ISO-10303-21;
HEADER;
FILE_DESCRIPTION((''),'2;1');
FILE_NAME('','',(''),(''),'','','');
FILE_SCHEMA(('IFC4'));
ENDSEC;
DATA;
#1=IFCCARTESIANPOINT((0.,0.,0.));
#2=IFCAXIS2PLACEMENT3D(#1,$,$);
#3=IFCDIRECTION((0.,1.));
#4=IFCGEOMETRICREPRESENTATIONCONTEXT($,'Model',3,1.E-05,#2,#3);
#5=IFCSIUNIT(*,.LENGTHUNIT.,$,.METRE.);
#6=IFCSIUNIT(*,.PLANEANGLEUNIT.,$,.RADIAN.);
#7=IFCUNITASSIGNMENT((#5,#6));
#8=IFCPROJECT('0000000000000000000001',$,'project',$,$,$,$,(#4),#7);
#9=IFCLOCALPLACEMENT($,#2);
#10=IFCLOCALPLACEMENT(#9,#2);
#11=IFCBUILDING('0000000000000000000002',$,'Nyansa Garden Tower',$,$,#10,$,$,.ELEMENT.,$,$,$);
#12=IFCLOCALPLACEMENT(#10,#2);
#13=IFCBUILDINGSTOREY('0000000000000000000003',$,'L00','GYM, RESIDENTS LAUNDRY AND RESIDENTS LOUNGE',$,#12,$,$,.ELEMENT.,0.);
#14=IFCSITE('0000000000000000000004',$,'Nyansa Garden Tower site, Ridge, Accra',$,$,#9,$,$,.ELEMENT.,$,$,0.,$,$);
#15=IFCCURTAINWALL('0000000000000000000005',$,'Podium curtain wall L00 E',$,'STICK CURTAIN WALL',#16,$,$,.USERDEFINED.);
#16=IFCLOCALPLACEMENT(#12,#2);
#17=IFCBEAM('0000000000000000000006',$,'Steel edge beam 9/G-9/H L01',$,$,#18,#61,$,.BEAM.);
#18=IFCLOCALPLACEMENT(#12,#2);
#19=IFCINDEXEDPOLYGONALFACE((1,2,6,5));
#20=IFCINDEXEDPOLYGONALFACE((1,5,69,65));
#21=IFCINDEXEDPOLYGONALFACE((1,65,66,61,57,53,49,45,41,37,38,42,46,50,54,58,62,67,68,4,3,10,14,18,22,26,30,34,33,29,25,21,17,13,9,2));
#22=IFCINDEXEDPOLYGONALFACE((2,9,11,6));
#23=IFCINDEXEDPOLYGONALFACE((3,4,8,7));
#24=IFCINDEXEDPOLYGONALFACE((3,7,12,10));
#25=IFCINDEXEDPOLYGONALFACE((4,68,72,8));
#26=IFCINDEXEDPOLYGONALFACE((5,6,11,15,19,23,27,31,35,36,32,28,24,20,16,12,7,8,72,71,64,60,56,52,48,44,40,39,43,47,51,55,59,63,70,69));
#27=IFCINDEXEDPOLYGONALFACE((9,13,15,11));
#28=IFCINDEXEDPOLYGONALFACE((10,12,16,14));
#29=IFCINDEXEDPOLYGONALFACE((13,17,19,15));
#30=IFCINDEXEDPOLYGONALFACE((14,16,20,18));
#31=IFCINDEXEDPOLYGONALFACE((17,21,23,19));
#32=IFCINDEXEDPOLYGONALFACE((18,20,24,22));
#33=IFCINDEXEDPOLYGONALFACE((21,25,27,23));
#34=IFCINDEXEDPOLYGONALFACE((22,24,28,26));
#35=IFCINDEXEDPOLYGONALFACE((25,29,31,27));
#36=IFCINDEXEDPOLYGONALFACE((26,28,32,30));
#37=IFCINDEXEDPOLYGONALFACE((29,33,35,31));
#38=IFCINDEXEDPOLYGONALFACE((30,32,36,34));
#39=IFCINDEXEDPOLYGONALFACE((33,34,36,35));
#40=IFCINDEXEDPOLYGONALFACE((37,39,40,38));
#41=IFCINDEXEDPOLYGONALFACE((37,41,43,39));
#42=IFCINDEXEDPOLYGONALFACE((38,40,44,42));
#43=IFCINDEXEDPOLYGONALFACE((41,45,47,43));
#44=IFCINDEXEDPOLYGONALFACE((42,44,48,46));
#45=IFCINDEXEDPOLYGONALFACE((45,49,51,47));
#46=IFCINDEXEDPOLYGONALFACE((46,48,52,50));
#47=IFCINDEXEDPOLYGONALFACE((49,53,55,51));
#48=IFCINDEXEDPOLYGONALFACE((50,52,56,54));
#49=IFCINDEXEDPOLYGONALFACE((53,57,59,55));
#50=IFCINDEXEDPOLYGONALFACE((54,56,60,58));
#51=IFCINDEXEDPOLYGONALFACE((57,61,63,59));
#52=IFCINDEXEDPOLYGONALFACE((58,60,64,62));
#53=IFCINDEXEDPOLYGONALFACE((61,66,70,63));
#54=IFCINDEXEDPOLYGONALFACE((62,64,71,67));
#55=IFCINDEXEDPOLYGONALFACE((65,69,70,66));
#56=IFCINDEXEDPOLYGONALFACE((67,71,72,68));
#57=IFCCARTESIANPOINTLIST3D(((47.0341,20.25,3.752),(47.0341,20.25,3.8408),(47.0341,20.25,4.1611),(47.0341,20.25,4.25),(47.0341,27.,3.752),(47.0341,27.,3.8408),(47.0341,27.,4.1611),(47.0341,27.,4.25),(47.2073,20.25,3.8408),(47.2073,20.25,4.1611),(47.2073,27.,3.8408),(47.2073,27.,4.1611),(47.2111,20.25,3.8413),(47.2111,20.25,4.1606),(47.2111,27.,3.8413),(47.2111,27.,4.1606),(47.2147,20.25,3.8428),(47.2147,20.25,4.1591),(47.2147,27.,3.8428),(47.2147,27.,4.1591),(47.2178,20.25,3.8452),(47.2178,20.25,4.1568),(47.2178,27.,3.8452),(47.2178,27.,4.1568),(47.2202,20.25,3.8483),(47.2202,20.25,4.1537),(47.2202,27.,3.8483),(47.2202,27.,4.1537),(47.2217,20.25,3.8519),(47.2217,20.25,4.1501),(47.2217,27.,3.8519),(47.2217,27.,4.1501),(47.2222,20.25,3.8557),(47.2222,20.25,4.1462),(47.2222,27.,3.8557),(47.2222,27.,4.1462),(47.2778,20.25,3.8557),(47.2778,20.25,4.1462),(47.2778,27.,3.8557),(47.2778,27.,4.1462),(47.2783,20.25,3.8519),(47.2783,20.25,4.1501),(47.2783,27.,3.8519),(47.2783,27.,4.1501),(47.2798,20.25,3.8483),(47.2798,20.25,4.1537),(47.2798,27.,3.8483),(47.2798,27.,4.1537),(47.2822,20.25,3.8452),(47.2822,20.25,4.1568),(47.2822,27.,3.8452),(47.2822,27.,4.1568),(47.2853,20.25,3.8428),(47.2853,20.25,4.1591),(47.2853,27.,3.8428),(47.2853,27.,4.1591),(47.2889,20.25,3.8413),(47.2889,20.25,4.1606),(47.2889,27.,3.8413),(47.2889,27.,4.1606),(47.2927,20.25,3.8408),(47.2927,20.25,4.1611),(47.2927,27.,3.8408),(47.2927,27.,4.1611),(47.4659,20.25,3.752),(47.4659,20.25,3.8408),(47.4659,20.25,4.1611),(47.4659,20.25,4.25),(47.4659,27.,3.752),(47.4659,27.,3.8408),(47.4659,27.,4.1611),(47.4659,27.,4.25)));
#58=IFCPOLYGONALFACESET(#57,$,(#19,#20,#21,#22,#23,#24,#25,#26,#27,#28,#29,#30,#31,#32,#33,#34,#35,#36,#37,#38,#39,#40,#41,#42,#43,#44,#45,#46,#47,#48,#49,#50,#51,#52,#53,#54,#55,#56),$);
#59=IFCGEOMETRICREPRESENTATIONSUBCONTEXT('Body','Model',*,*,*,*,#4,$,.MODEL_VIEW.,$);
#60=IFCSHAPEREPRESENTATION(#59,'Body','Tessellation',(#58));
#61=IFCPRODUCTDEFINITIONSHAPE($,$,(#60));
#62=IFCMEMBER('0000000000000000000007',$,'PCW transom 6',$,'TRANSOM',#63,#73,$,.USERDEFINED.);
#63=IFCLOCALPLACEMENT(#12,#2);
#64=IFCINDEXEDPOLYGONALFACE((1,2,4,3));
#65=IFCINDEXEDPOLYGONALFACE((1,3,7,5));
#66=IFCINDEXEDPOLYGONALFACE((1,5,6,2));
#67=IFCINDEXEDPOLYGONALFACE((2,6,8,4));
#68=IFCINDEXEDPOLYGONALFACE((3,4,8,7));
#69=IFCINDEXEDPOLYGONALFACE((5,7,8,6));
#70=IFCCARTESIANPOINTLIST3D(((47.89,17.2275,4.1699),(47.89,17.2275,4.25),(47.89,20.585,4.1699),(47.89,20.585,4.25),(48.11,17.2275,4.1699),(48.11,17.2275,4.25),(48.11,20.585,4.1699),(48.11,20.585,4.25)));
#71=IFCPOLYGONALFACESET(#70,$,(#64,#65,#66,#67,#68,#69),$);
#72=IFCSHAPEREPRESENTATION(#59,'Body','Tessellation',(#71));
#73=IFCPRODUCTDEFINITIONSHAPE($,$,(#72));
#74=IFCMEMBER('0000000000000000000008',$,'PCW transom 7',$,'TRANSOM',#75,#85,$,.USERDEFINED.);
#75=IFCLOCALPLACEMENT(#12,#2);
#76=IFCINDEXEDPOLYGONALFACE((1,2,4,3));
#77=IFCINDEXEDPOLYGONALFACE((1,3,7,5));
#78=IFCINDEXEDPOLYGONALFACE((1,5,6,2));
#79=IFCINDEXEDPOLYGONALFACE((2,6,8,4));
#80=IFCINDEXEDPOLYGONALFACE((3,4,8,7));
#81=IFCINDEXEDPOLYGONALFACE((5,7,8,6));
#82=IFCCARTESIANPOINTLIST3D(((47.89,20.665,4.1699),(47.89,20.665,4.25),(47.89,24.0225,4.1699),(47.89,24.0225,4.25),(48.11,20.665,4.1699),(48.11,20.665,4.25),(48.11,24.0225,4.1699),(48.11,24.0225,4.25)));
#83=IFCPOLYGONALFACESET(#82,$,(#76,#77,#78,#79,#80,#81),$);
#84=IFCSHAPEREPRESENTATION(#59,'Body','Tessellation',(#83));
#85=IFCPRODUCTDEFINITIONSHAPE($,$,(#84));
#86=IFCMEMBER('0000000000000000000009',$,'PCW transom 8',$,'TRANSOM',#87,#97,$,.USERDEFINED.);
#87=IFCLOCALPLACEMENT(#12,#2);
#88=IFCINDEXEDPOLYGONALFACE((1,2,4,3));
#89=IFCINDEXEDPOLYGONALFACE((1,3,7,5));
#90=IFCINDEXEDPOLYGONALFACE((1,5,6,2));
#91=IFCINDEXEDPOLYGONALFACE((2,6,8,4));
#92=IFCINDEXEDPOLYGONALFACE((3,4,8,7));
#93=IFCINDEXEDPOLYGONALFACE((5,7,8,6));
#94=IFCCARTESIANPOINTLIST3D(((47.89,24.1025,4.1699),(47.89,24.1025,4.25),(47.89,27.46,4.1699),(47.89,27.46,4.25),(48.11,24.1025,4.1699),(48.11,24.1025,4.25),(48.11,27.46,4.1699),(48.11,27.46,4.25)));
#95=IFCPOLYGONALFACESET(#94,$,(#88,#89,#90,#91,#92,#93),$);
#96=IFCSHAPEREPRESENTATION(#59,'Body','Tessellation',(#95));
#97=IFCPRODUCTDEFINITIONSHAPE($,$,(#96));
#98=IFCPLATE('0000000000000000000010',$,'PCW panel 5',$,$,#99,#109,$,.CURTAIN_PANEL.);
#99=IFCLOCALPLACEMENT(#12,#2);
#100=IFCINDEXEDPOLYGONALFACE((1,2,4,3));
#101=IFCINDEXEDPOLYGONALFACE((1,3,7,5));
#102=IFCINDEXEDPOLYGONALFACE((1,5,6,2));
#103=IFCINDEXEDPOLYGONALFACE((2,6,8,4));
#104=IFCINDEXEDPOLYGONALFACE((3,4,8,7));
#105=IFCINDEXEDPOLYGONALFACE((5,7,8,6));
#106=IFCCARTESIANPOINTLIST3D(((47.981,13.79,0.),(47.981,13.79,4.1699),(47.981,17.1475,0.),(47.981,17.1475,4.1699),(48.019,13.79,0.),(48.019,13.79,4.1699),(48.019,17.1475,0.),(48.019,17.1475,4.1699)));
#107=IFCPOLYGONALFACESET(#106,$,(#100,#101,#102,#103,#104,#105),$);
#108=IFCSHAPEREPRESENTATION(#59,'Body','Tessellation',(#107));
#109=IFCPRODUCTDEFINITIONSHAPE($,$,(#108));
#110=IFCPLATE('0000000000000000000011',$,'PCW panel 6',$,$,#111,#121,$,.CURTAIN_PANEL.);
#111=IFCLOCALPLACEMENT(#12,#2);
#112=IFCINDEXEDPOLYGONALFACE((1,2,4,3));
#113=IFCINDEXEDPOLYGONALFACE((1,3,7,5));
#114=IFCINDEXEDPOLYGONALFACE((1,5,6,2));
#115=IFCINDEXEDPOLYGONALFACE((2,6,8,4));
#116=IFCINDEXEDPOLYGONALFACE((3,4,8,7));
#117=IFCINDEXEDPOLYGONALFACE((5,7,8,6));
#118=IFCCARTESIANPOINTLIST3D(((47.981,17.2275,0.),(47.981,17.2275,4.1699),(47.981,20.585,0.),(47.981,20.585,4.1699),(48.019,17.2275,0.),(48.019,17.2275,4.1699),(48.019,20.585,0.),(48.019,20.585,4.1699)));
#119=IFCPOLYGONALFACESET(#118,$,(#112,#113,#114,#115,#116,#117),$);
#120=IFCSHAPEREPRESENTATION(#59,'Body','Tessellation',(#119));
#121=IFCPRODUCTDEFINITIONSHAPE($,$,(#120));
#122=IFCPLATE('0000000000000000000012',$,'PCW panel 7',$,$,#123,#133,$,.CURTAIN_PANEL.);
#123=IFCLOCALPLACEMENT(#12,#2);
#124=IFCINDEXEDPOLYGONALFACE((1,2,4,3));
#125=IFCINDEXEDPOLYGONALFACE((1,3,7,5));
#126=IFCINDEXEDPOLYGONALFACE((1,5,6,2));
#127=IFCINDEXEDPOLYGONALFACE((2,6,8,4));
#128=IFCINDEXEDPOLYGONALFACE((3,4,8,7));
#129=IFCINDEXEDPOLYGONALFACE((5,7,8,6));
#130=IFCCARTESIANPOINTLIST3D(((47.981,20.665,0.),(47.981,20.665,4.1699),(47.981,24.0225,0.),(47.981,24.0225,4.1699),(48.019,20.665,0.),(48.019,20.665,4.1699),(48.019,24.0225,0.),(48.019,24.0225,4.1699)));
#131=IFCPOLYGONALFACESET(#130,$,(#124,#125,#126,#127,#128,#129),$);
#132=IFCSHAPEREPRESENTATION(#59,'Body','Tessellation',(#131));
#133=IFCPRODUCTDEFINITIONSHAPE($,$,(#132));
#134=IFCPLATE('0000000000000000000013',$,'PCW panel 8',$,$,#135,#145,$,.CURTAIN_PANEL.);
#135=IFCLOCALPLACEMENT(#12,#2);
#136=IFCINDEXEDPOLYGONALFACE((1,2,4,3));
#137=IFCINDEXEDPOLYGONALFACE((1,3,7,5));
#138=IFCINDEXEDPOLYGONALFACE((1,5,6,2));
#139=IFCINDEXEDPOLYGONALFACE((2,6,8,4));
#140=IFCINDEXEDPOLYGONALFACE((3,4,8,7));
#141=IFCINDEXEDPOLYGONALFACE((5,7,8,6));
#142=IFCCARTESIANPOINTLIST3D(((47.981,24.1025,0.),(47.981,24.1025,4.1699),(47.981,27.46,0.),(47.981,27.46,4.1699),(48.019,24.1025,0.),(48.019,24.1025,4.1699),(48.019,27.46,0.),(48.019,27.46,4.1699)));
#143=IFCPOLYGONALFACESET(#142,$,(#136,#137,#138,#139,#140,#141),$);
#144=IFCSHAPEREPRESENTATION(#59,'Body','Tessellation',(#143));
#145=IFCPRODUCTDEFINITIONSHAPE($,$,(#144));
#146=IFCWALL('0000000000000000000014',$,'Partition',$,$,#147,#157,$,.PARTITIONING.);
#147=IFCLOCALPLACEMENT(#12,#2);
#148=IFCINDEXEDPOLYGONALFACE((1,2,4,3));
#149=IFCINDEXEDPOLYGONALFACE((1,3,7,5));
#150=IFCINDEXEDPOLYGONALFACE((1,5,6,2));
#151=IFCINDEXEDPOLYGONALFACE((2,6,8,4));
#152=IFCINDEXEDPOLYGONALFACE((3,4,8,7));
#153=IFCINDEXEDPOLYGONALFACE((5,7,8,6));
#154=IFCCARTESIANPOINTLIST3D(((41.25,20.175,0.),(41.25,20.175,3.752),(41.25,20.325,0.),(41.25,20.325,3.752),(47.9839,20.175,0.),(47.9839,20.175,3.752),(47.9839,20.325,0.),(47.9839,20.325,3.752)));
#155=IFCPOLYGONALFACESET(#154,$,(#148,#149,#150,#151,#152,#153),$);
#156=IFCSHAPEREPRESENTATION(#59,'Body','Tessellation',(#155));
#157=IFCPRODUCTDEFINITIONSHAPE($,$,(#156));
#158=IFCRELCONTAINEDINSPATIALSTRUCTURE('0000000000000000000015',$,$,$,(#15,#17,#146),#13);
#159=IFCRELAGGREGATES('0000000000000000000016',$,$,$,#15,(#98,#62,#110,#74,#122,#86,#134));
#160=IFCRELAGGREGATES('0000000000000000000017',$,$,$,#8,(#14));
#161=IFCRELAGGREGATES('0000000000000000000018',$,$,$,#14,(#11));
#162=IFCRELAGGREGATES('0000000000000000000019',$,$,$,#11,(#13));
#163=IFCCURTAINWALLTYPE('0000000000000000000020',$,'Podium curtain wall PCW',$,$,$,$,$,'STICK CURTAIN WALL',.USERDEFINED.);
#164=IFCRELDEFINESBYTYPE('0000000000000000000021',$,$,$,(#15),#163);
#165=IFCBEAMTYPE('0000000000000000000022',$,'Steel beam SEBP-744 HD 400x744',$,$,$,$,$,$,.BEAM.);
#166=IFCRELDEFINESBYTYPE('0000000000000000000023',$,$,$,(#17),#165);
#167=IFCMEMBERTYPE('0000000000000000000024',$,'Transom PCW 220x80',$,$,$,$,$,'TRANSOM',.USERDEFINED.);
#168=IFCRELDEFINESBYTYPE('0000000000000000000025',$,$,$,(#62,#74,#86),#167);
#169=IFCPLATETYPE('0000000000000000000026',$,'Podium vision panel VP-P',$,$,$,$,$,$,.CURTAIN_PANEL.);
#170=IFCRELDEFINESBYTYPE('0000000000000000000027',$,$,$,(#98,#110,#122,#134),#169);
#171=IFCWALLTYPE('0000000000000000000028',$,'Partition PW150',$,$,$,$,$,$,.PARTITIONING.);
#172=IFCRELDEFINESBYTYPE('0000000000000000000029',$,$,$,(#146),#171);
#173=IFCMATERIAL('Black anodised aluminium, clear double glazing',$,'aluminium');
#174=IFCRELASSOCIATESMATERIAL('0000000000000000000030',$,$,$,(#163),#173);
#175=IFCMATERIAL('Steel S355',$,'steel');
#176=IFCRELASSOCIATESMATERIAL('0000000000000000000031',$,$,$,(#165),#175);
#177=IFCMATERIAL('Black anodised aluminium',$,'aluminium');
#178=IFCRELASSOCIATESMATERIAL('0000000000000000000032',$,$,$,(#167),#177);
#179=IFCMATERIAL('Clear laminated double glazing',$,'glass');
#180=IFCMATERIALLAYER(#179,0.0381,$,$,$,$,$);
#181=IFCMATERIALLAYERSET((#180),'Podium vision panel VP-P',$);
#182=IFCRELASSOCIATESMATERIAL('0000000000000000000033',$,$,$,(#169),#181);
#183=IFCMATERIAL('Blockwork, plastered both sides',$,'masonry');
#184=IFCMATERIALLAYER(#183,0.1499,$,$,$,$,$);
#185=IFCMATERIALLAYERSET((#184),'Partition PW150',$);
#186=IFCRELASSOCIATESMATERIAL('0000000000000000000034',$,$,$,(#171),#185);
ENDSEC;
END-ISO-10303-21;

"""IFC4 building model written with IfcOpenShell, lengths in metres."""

from ifc_helpers import new_model, si_unit, direction, frame, frame_2d, origin, origin_2d, place, context, subcontext, project, spatial, rectangle, i_section, extrude, material, layer, layer_set, material_profile, profile_set, type_object, element, aggregate, save


model = new_model("IFC4")

# Units and contexts
model_context = context("Model", 3, precision=1e-05, world=origin(), true_north=direction((0.0, 1.0)))
body_context = subcontext(model_context, "Body", "Model", "MODEL_VIEW")
ifc_project = project(units=[si_unit("LENGTHUNIT", "METRE"), si_unit("PLANEANGLEUNIT", "RADIAN")], contexts=[model_context])

# Site, building, storey
site_placement = place(None, origin())
site = spatial("IfcSite", under=ifc_project, at=site_placement, Name="Nyansa Garden Tower site, Ridge, Accra", CompositionType="ELEMENT", RefElevation=0.0)
building_placement = place(site_placement, origin())
building = spatial("IfcBuilding", under=site, at=building_placement, Name="Nyansa Garden Tower", CompositionType="ELEMENT")
storey_placement = place(building_placement, origin())
storey = spatial("IfcBuildingStorey", under=building, at=storey_placement, Name="L00", Description="GYM, RESIDENTS LAUNDRY AND RESIDENTS LOUNGE", CompositionType="ELEMENT", Elevation=0.0)

# Curtain wall
ifc_material_1 = material(Name="Black anodised aluminium, clear double glazing", Category="aluminium")
curtain_wall_type = type_object("IfcCurtainWallType", Name="Podium curtain wall PCW", ElementType="STICK CURTAIN WALL", PredefinedType="USERDEFINED", material=ifc_material_1)
curtain_wall_placement = place(storey_placement, origin())
curtain_wall = element("IfcCurtainWall", 1, at=curtain_wall_placement, inside=storey, type_object=curtain_wall_type, Name="Podium curtain wall L00 E", ObjectType="STICK CURTAIN WALL", PredefinedType="USERDEFINED")

# Beam
ifc_material_2 = material(Name="Steel S355", Category="steel")
ifc_material_profile_1 = material_profile(ifc_material_2, i_section(OverallWidth=0.4319, OverallDepth=0.498, WebThickness=0.0557, FlangeThickness=0.0889, FilletRadius=0.0149, at=origin_2d()), Name="HD 400x744")
ifc_profile_set_1 = profile_set([ifc_material_profile_1], Name="Steel S355")
beam_type_1 = type_object("IfcBeamType", Name="Steel beam SEBP-744 HD 400x744", PredefinedType="BEAM", material=ifc_profile_set_1)
beam_placement = place(storey_placement, frame((47.25, 20.25, 4.001), z_axis=(0.0, 1.0, 0.0), x_axis=(-1.0, 0.0, 0.0)))
element("IfcBeam", 2, at=beam_placement, inside=storey, type_object=beam_type_1, Name="Steel edge beam 9/G-9/H L01", PredefinedType="BEAM", context=body_context, shape_type="SweptSolid", body=[
    extrude(i_section(OverallWidth=0.4319, OverallDepth=0.498, WebThickness=0.0557, FlangeThickness=0.0889, FilletRadius=0.0149, at=origin_2d()), origin(), (0.0, 0.0, 1.0), 6.75),
])

# Members
ifc_material_3 = material(Name="Black anodised aluminium", Category="aluminium")
ifc_material_profile_2 = material_profile(ifc_material_3, rectangle(XDim=0.22, YDim=0.0801, at=origin_2d()), Name="Transom 220x80")
ifc_profile_set_2 = profile_set([ifc_material_profile_2], Name="Black anodised aluminium")
member_type_1 = type_object("IfcMemberType", Name="Transom PCW 220x80", ElementType="TRANSOM", PredefinedType="USERDEFINED", material=ifc_profile_set_2)
member_1_placement = place(storey_placement, frame((48.0, 17.2275, 4.21), z_axis=(0.0, 1.0, 0.0), x_axis=(-1.0, 0.0, 0.0)))
member_1 = element("IfcMember", 3, at=member_1_placement, type_object=member_type_1, Name="PCW transom 6", ObjectType="TRANSOM", PredefinedType="USERDEFINED", context=body_context, shape_type="SweptSolid", body=[
    extrude(rectangle(XDim=0.22, YDim=0.0801, at=origin_2d()), origin(), (0.0, 0.0, 1.0), 3.3574),
])
member_2_placement = place(storey_placement, frame((48.0, 20.665, 4.21), z_axis=(0.0, 1.0, 0.0), x_axis=(-1.0, 0.0, 0.0)))
member_2 = element("IfcMember", 4, at=member_2_placement, type_object=member_type_1, Name="PCW transom 7", ObjectType="TRANSOM", PredefinedType="USERDEFINED", context=body_context, shape_type="SweptSolid", body=[
    extrude(rectangle(XDim=0.22, YDim=0.0801, at=origin_2d()), origin(), (0.0, 0.0, 1.0), 3.3574),
])
member_3_placement = place(storey_placement, frame((48.0, 24.1025, 4.21), z_axis=(0.0, 1.0, 0.0), x_axis=(-1.0, 0.0, 0.0)))
member_3 = element("IfcMember", 5, at=member_3_placement, type_object=member_type_1, Name="PCW transom 8", ObjectType="TRANSOM", PredefinedType="USERDEFINED", context=body_context, shape_type="SweptSolid", body=[
    extrude(rectangle(XDim=0.22, YDim=0.0801, at=origin_2d()), origin(), (0.0, 0.0, 1.0), 3.3574),
])

# Plates
ifc_material_4 = material(Name="Clear laminated double glazing", Category="glass")
ifc_layer_1 = layer(ifc_material_4, 0.0381)
ifc_layer_set_1 = layer_set([ifc_layer_1], Name="Podium vision panel VP-P")
plate_type = type_object("IfcPlateType", Name="Podium vision panel VP-P", PredefinedType="CURTAIN_PANEL", material=ifc_layer_set_1)
plate_1_placement = place(storey_placement, frame((48.0, 15.4688, 0.0), z_axis=(0.0, 0.0, 1.0), x_axis=(0.0, 1.0, 0.0)))
plate_1 = element("IfcPlate", 6, at=plate_1_placement, type_object=plate_type, Name="PCW panel 5", PredefinedType="CURTAIN_PANEL", context=body_context, shape_type="SweptSolid", body=[
    extrude(rectangle(XDim=3.3574, YDim=0.0381, at=origin_2d()), origin(), (0.0, 0.0, 1.0), 4.1699),
])
plate_2_placement = place(storey_placement, frame((48.0, 18.9062, 0.0), z_axis=(0.0, 0.0, 1.0), x_axis=(0.0, 1.0, 0.0)))
plate_2 = element("IfcPlate", 7, at=plate_2_placement, type_object=plate_type, Name="PCW panel 6", PredefinedType="CURTAIN_PANEL", context=body_context, shape_type="SweptSolid", body=[
    extrude(rectangle(XDim=3.3574, YDim=0.0381, at=origin_2d()), origin(), (0.0, 0.0, 1.0), 4.1699),
])
plate_3_placement = place(storey_placement, frame((48.0, 22.3438, 0.0), z_axis=(0.0, 0.0, 1.0), x_axis=(0.0, 1.0, 0.0)))
plate_3 = element("IfcPlate", 8, at=plate_3_placement, type_object=plate_type, Name="PCW panel 7", PredefinedType="CURTAIN_PANEL", context=body_context, shape_type="SweptSolid", body=[
    extrude(rectangle(XDim=3.3574, YDim=0.0381, at=origin_2d()), origin(), (0.0, 0.0, 1.0), 4.1699),
])
plate_4_placement = place(storey_placement, frame((48.0, 25.7812, 0.0), z_axis=(0.0, 0.0, 1.0), x_axis=(0.0, 1.0, 0.0)))
plate_4 = element("IfcPlate", 9, at=plate_4_placement, type_object=plate_type, Name="PCW panel 8", PredefinedType="CURTAIN_PANEL", context=body_context, shape_type="SweptSolid", body=[
    extrude(rectangle(XDim=3.3574, YDim=0.0381, at=origin_2d()), origin(), (0.0, 0.0, 1.0), 4.1699),
])
aggregate(curtain_wall, [plate_1, member_1, plate_2, member_2, plate_3, member_3, plate_4])

# Wall
ifc_material_5 = material(Name="Blockwork, plastered both sides", Category="masonry")
ifc_layer_2 = layer(ifc_material_5, 0.1499)
ifc_layer_set_2 = layer_set([ifc_layer_2], Name="Partition PW150")
wall_type = type_object("IfcWallType", Name="Partition PW150", PredefinedType="PARTITIONING", material=ifc_layer_set_2)
wall_placement = place(storey_placement, frame((41.25, 20.25, 0.0), z_axis=(0.0, 0.0, 1.0), x_axis=(1.0, 0.0, 0.0)))
element("IfcWall", 10, at=wall_placement, inside=storey, type_object=wall_type, Name="Partition", PredefinedType="PARTITIONING", context=body_context, shape_type="SweptSolid", body=[
    extrude(rectangle(XDim=6.7339, YDim=0.1499, at=frame_2d((3.3669, 0.0))), origin(), (0.0, 0.0, 1.0), 3.752),
])

save(model, "model.ifc")
